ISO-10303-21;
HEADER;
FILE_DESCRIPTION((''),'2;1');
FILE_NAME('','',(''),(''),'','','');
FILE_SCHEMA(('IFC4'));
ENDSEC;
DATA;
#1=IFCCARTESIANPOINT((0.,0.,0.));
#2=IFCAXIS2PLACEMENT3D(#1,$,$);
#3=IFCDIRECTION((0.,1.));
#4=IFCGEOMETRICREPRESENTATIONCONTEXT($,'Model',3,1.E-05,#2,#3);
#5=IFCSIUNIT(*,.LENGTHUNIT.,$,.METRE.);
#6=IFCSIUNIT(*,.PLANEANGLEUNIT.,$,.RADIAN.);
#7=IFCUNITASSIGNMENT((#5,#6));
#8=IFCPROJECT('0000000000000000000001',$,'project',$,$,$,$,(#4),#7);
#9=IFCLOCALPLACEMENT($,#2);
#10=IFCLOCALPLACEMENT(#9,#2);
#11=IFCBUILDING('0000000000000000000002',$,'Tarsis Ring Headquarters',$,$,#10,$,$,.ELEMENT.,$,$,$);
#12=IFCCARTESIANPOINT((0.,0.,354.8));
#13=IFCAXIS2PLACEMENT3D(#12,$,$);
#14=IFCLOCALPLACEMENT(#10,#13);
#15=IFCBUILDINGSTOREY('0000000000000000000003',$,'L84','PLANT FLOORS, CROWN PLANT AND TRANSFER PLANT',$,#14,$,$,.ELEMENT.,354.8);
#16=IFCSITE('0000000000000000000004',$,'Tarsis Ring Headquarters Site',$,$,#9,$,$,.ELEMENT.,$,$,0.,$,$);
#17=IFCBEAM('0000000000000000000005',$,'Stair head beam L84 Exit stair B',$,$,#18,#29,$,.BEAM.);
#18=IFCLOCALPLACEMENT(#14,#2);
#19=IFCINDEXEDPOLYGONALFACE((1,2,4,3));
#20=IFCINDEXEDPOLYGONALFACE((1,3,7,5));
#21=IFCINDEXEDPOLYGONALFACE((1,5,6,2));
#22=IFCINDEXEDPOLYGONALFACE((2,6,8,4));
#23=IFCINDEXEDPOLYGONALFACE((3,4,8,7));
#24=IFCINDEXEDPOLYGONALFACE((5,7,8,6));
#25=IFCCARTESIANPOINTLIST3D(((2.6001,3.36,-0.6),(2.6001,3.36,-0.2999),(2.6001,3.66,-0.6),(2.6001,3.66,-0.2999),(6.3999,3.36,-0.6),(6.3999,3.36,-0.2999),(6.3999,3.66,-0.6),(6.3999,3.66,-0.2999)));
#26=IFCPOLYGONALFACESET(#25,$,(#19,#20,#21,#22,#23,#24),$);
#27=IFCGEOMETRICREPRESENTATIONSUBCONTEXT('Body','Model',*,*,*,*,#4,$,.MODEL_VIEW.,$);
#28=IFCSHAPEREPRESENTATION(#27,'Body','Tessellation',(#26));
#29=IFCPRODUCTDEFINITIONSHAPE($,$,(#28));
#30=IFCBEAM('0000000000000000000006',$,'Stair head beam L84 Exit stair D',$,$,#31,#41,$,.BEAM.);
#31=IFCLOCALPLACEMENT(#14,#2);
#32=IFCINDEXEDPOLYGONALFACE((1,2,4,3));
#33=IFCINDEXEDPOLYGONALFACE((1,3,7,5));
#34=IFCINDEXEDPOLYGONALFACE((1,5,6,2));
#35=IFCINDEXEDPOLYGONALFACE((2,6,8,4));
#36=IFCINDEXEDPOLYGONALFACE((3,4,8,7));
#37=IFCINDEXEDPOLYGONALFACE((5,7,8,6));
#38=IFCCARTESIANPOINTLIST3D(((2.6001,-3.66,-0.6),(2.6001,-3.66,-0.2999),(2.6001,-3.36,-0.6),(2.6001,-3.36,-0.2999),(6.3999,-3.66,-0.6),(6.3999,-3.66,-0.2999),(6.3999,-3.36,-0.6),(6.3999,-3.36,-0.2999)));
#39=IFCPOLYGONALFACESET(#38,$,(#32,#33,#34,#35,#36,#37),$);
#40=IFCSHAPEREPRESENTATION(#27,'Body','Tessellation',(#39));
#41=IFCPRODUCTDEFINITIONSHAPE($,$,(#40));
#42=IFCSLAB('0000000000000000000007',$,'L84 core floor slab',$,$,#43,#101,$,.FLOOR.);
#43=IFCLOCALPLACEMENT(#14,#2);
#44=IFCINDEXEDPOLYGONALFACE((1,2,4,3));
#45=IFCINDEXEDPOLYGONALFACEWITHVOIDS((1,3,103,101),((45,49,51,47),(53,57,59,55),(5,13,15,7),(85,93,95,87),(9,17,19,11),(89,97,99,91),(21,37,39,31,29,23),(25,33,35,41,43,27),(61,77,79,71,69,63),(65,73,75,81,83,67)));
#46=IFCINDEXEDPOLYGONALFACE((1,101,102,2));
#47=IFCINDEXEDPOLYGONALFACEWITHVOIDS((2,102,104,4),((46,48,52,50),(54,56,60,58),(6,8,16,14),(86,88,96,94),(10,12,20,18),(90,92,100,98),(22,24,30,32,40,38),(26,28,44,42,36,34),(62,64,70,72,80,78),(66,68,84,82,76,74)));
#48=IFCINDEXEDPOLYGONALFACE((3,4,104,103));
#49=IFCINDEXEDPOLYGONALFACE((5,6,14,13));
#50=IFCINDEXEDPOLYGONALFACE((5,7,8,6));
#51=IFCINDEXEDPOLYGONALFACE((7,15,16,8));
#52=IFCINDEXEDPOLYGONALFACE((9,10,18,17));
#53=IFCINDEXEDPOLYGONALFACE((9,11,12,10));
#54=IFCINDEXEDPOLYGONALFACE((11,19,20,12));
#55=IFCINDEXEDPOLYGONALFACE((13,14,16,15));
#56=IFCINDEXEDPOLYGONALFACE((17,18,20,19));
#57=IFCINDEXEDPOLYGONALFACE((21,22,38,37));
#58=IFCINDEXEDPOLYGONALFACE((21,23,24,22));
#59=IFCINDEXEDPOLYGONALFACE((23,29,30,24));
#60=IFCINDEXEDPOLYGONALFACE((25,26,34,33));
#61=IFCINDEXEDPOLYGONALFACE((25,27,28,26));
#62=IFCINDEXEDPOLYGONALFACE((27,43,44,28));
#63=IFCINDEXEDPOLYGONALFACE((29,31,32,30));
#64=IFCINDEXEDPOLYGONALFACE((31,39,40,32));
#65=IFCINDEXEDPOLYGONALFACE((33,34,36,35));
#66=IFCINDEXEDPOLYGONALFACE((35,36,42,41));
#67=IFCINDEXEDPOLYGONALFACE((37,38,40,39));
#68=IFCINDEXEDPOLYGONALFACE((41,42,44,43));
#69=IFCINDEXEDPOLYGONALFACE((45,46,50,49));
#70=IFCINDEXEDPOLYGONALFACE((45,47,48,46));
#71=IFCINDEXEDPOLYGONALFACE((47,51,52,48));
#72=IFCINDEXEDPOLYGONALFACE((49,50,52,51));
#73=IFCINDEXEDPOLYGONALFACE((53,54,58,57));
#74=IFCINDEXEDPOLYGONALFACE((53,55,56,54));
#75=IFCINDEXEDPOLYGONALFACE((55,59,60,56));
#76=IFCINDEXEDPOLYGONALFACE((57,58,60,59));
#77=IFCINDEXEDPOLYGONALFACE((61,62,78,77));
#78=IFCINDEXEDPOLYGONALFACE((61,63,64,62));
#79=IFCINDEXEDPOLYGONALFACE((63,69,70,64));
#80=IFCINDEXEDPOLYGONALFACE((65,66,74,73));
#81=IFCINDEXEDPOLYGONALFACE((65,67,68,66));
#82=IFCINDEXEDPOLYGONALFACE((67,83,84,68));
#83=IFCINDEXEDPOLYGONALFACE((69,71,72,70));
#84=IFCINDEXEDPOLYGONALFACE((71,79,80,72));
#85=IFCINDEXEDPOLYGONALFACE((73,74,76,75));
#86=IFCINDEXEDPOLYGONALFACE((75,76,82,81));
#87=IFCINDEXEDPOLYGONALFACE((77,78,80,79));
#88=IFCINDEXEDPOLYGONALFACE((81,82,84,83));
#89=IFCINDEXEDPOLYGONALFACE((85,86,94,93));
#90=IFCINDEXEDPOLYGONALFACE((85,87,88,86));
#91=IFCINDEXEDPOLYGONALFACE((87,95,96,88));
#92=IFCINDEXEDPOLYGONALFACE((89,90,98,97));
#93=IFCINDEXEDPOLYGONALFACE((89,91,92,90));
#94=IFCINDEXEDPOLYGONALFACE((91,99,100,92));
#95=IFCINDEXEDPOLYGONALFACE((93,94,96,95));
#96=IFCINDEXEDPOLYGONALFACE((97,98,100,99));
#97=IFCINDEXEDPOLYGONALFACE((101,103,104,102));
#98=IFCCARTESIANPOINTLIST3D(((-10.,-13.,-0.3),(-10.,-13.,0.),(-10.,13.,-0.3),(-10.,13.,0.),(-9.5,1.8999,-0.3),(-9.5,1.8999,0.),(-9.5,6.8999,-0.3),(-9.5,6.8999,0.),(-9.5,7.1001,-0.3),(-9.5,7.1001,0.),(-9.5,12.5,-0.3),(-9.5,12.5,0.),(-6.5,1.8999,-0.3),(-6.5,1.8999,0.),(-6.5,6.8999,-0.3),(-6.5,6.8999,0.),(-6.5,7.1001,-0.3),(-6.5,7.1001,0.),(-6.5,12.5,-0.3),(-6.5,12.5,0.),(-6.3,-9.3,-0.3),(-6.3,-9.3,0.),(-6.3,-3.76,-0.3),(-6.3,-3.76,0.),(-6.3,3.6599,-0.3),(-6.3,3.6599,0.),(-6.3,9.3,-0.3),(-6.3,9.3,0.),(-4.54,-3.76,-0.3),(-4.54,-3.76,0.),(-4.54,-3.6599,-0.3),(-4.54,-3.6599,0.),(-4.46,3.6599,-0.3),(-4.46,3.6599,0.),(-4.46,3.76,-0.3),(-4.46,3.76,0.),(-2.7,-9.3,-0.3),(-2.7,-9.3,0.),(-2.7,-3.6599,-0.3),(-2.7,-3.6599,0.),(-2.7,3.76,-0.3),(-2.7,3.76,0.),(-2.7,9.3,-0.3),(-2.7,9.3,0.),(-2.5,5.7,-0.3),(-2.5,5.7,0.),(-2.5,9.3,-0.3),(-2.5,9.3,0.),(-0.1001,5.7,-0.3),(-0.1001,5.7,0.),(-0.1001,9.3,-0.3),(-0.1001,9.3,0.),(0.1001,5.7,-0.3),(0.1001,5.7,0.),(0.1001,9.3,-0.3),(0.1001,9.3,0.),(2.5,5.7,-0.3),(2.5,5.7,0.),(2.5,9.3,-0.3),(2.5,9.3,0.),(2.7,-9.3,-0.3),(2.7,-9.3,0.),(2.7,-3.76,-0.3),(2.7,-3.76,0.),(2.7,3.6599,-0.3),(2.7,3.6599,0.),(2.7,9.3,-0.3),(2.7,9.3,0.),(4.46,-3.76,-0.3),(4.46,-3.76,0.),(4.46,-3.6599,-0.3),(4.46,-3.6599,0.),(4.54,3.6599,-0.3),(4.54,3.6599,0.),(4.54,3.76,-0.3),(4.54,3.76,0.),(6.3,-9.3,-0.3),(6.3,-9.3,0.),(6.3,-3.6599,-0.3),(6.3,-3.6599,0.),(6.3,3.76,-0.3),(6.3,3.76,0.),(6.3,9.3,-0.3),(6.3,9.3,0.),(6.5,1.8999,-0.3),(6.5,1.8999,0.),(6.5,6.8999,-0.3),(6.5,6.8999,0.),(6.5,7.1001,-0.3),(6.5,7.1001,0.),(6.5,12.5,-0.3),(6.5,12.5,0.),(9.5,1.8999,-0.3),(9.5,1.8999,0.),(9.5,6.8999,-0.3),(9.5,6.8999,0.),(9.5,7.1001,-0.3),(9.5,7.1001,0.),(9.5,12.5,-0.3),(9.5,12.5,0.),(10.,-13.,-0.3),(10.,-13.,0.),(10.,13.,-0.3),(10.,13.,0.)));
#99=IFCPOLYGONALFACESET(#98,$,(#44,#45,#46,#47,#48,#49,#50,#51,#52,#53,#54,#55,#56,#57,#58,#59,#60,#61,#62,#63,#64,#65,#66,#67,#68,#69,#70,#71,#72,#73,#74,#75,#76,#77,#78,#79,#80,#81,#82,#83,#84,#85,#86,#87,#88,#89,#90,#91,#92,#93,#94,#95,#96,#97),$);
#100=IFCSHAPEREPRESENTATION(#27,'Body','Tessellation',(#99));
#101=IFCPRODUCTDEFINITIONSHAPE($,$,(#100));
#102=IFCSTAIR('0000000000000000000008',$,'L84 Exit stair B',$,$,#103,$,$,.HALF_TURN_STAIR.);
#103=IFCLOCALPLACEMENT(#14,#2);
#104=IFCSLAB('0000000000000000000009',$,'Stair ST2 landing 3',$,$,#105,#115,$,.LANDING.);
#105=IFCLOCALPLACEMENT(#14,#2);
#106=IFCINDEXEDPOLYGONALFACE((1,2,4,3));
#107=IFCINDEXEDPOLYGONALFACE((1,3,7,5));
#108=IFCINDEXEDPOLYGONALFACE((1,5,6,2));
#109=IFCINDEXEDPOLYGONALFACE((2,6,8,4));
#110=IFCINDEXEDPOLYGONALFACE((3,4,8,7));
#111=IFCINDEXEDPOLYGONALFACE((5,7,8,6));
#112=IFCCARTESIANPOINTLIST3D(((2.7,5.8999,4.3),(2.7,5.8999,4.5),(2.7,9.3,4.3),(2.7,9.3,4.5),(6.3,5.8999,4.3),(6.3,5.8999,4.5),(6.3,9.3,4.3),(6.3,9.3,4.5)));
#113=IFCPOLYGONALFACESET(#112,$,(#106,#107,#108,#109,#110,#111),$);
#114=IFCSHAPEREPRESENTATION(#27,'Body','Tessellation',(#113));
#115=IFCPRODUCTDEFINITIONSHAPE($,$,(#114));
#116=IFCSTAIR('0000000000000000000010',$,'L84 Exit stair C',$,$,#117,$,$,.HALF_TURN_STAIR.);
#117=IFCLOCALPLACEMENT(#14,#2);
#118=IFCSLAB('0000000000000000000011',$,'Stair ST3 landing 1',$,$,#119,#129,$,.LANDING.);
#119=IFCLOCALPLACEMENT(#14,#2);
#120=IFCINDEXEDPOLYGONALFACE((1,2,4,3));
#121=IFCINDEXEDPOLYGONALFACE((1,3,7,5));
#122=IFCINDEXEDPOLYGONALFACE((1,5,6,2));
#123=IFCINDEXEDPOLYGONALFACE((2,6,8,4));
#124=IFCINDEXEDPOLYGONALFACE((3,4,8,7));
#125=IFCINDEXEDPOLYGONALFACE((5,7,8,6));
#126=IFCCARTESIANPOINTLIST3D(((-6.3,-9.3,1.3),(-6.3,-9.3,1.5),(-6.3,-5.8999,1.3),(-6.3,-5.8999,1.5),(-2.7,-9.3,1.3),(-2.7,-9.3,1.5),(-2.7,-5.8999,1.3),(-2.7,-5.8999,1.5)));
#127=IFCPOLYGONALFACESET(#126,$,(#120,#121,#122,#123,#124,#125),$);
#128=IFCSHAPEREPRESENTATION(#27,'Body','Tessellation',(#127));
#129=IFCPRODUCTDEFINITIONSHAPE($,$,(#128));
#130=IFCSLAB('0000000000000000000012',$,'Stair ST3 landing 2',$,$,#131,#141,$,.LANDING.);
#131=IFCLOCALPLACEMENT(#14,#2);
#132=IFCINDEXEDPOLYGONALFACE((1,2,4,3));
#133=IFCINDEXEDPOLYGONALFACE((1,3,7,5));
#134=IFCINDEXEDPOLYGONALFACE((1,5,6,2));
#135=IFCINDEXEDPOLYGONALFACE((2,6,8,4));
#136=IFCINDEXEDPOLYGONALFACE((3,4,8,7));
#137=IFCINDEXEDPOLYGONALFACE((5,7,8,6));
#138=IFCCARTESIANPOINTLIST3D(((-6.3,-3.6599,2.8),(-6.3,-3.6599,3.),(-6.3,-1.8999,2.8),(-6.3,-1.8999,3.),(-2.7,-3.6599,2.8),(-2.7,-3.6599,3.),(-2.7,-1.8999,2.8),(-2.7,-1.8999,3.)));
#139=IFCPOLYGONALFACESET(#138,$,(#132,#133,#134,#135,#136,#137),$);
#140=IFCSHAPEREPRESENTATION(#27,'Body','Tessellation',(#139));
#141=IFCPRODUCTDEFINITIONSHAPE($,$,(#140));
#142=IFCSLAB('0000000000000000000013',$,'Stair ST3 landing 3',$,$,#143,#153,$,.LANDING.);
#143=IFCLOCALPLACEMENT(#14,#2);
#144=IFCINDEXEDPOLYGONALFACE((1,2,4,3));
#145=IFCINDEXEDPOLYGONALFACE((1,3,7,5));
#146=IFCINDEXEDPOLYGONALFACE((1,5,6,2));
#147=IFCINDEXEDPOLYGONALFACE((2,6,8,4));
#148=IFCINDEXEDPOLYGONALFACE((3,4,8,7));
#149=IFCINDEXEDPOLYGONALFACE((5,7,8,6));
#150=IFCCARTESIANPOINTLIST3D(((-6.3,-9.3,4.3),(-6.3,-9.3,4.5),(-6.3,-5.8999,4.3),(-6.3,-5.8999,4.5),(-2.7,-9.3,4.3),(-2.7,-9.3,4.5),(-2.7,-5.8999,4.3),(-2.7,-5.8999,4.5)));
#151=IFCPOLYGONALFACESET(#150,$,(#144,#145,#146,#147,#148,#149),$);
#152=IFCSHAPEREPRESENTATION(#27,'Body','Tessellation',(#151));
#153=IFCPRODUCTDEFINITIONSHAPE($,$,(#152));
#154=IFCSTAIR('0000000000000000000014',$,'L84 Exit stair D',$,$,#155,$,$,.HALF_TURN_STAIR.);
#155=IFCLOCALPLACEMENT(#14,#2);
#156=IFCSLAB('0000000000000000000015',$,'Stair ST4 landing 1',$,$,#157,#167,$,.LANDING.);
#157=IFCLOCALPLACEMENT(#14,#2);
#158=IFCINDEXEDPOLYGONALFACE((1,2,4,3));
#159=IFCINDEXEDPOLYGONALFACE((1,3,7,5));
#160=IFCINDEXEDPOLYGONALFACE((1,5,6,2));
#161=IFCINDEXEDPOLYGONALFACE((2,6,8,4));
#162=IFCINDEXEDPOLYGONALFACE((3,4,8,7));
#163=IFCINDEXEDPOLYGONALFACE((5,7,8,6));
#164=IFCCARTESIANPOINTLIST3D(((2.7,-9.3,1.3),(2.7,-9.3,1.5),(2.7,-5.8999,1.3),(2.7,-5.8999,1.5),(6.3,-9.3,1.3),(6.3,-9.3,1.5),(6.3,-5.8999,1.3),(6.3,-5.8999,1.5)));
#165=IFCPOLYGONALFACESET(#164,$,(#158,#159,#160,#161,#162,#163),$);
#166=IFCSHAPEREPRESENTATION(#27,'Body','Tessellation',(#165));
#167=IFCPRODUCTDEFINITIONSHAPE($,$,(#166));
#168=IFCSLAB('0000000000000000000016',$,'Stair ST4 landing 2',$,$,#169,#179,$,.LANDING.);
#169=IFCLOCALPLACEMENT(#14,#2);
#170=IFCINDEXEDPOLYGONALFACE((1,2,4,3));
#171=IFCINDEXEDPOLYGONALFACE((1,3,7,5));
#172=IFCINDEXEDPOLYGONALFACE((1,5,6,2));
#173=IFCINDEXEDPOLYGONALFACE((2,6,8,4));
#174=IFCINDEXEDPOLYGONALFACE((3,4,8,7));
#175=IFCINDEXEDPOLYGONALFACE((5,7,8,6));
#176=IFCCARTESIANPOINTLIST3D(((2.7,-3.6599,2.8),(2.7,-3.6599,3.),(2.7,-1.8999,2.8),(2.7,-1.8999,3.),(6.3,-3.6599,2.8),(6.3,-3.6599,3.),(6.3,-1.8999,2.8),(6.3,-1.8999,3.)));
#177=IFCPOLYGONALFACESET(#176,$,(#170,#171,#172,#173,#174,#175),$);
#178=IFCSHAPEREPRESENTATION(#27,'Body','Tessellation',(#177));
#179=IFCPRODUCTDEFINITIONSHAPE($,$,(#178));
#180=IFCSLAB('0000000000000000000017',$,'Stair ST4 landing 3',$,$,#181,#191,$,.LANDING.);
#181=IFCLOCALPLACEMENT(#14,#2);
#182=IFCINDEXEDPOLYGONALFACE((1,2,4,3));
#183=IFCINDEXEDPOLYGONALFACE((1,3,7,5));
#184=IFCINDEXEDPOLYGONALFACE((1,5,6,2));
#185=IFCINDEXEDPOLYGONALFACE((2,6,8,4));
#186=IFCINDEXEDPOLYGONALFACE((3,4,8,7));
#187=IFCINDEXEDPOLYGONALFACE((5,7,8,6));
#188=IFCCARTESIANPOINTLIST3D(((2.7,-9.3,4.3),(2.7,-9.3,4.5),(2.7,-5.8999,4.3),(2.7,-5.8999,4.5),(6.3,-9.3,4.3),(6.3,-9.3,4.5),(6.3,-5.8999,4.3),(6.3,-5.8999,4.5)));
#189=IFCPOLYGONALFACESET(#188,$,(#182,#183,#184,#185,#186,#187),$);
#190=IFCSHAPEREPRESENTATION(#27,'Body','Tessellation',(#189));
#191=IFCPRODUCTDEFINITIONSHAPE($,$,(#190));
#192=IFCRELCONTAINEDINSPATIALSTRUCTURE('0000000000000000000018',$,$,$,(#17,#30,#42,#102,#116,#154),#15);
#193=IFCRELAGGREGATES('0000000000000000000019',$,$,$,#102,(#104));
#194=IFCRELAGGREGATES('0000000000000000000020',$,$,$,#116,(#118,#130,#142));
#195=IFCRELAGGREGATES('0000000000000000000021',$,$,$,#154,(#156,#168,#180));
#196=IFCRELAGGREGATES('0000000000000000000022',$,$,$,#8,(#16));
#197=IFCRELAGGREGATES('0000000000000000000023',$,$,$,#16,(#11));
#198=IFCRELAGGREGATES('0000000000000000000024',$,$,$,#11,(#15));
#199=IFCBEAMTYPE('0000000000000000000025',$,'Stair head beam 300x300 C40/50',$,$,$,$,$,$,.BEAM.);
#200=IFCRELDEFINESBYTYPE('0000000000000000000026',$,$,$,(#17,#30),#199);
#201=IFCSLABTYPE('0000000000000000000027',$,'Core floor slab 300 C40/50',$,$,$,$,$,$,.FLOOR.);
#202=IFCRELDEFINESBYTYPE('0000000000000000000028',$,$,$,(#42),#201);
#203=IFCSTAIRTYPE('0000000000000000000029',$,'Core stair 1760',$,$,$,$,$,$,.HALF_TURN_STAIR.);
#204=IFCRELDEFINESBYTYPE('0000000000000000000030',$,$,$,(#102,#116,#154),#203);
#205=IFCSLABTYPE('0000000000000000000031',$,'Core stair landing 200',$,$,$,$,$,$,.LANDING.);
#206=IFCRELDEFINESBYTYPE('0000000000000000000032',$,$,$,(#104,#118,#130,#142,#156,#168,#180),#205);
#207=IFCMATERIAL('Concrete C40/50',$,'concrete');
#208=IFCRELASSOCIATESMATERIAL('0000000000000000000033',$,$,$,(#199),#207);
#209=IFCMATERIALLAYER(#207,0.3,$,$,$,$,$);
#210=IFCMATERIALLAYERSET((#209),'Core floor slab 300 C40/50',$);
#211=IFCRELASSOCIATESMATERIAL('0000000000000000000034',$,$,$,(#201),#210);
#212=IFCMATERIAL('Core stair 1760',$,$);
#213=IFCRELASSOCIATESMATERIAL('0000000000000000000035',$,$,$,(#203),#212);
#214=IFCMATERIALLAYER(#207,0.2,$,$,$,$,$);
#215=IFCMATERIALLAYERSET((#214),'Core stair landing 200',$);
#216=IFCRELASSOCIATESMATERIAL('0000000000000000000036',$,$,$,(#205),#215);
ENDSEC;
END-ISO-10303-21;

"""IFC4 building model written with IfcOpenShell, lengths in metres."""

from ifc_helpers import new_model, si_unit, direction, frame, origin, origin_2d, place, context, subcontext, project, spatial, polyline, rectangle, outline, extrude, material, layer, layer_set, material_profile, profile_set, type_object, element, aggregate, save


model = new_model("IFC4")

# Units and contexts
model_context = context("Model", 3, precision=1e-05, world=origin(), true_north=direction((0.0, 1.0)))
body_context = subcontext(model_context, "Body", "Model", "MODEL_VIEW")
ifc_project = project(units=[si_unit("LENGTHUNIT", "METRE"), si_unit("PLANEANGLEUNIT", "RADIAN")], contexts=[model_context])

# Site, building, storey
site_placement = place(None, origin())
site = spatial("IfcSite", under=ifc_project, at=site_placement, Name="Tarsis Ring Headquarters Site", CompositionType="ELEMENT", RefElevation=0.0)
building_placement = place(site_placement, origin())
building = spatial("IfcBuilding", under=site, at=building_placement, Name="Tarsis Ring Headquarters", CompositionType="ELEMENT")
storey_placement = place(building_placement, frame((0.0, 0.0, 354.8)))
storey = spatial("IfcBuildingStorey", under=building, at=storey_placement, Name="L84", Description="PLANT FLOORS, CROWN PLANT AND TRANSFER PLANT", CompositionType="ELEMENT", Elevation=354.8)

# Beams
ifc_material_1 = material(Name="Concrete C40/50", Category="concrete")
ifc_material_profile = material_profile(ifc_material_1, rectangle(XDim=0.3, YDim=0.3, at=origin_2d()), Name="Stair head beam 300x300 C40/50")
ifc_profile_set = profile_set([ifc_material_profile], Name="Concrete C40/50")
beam_type = type_object("IfcBeamType", Name="Stair head beam 300x300 C40/50", PredefinedType="BEAM", material=ifc_profile_set)
for number, where, z_axis, x_axis, name in (
    (1, (2.6001, 3.51, -0.45), (1.0, 0.0, 0.0), (0.0, 1.0, 0.0), "Stair head beam L84 Exit stair B"),
    (2, (2.6001, -3.51, -0.45), (1.0, 0.0, 0.0), (0.0, 1.0, 0.0), "Stair head beam L84 Exit stair D"),
):
    element("IfcBeam", number, at=place(storey_placement, frame(where, z_axis=z_axis, x_axis=x_axis)), inside=storey, type_object=beam_type, Name=name, PredefinedType="BEAM", context=body_context, shape_type="SweptSolid", body=[
        extrude(rectangle(XDim=0.3, YDim=0.3, at=origin_2d()), origin(), (0.0, 0.0, 1.0), 3.7998),
    ])

# Slab
ifc_layer_1 = layer(ifc_material_1, 0.3)
ifc_layer_set_1 = layer_set([ifc_layer_1], Name="Core floor slab 300 C40/50")
slab_type_1 = type_object("IfcSlabType", Name="Core floor slab 300 C40/50", PredefinedType="FLOOR", material=ifc_layer_set_1)
slab_1_placement = place(storey_placement, frame((0.0, 0.0, -0.3)))
element("IfcSlab", 3, at=slab_1_placement, inside=storey, type_object=slab_type_1, Name="L84 core floor slab", PredefinedType="FLOOR", context=body_context, shape_type="SweptSolid", body=[
    extrude(outline(polyline([(-10.0, -13.0), (10.0, -13.0), (10.0, 13.0), (-10.0, 13.0), (-10.0, -13.0)]), holes=[polyline([(-2.5, 5.7), (-0.1001, 5.7), (-0.1001, 9.3), (-2.5, 9.3), (-2.5, 5.7)]), polyline([(0.1001, 5.7), (2.5, 5.7), (2.5, 9.3), (0.1001, 9.3), (0.1001, 5.7)]), polyline([(-9.5, 1.8999), (-6.5, 1.8999), (-6.5, 6.8999), (-9.5, 6.8999), (-9.5, 1.8999)]), polyline([(-9.5, 7.1001), (-6.5, 7.1001), (-6.5, 12.5), (-9.5, 12.5), (-9.5, 7.1001)]), polyline([(6.5, 1.8999), (9.5, 1.8999), (9.5, 6.8999), (6.5, 6.8999), (6.5, 1.8999)]), polyline([(6.5, 7.1001), (9.5, 7.1001), (9.5, 12.5), (6.5, 12.5), (6.5, 7.1001)]), polyline([(-2.7, 3.76), (-2.7, 9.3), (-6.3, 9.3), (-6.3, 3.6599), (-4.46, 3.6599), (-4.46, 3.76), (-2.7, 3.76)]), polyline([(6.3, 3.76), (6.3, 9.3), (2.7, 9.3), (2.7, 3.6599), (4.54, 3.6599), (4.54, 3.76), (6.3, 3.76)]), polyline([(-6.3, -3.76), (-6.3, -9.3), (-2.7, -9.3), (-2.7, -3.6599), (-4.54, -3.6599), (-4.54, -3.76), (-6.3, -3.76)]), polyline([(2.7, -3.76), (2.7, -9.3), (6.3, -9.3), (6.3, -3.6599), (4.46, -3.6599), (4.46, -3.76), (2.7, -3.76)])]), origin(), (0.0, 0.0, 1.0), 0.3),
])

# Stair, slab
ifc_material_2 = material(Name="Core stair 1760")
stair_type = type_object("IfcStairType", Name="Core stair 1760", PredefinedType="HALF_TURN_STAIR", material=ifc_material_2)
stair_1_placement = place(storey_placement, origin())
stair_1 = element("IfcStair", 4, at=stair_1_placement, inside=storey, type_object=stair_type, Name="L84 Exit stair B", PredefinedType="HALF_TURN_STAIR")
ifc_layer_2 = layer(ifc_material_1, 0.2)
ifc_layer_set_2 = layer_set([ifc_layer_2], Name="Core stair landing 200")
slab_type_2 = type_object("IfcSlabType", Name="Core stair landing 200", PredefinedType="LANDING", material=ifc_layer_set_2)
slab_2_placement = place(storey_placement, frame((0.0, 0.0, 4.3)))
slab_2 = element("IfcSlab", 5, at=slab_2_placement, type_object=slab_type_2, Name="Stair ST2 landing 3", PredefinedType="LANDING", context=body_context, shape_type="SweptSolid", body=[
    extrude(outline(polyline([(6.3, 5.8999), (6.3, 9.3), (2.7, 9.3), (2.7, 5.8999), (6.3, 5.8999)])), origin(), (0.0, 0.0, 1.0), 0.2),
])
aggregate(stair_1, [slab_2])

# Stairs, slabs
stair_2_placement = place(storey_placement, origin())
stair_2 = element("IfcStair", 6, at=stair_2_placement, inside=storey, type_object=stair_type, Name="L84 Exit stair C", PredefinedType="HALF_TURN_STAIR")
slab_3_placement = place(storey_placement, frame((0.0, 0.0, 1.3)))
slab_3 = element("IfcSlab", 7, at=slab_3_placement, type_object=slab_type_2, Name="Stair ST3 landing 1", PredefinedType="LANDING", context=body_context, shape_type="SweptSolid", body=[
    extrude(outline(polyline([(-6.3, -5.8999), (-6.3, -9.3), (-2.7, -9.3), (-2.7, -5.8999), (-6.3, -5.8999)])), origin(), (0.0, 0.0, 1.0), 0.2),
])
slab_4_placement = place(storey_placement, frame((0.0, 0.0, 2.8)))
slab_4 = element("IfcSlab", 8, at=slab_4_placement, type_object=slab_type_2, Name="Stair ST3 landing 2", PredefinedType="LANDING", context=body_context, shape_type="SweptSolid", body=[
    extrude(outline(polyline([(-6.3, -1.8999), (-6.3, -3.6599), (-2.7, -3.6599), (-2.7, -1.8999), (-6.3, -1.8999)])), origin(), (0.0, 0.0, 1.0), 0.2),
])
slab_5_placement = place(storey_placement, frame((0.0, 0.0, 4.3)))
slab_5 = element("IfcSlab", 9, at=slab_5_placement, type_object=slab_type_2, Name="Stair ST3 landing 3", PredefinedType="LANDING", context=body_context, shape_type="SweptSolid", body=[
    extrude(outline(polyline([(-6.3, -5.8999), (-6.3, -9.3), (-2.7, -9.3), (-2.7, -5.8999), (-6.3, -5.8999)])), origin(), (0.0, 0.0, 1.0), 0.2),
])
aggregate(stair_2, [slab_3, slab_4, slab_5])
stair_3_placement = place(storey_placement, origin())
stair_3 = element("IfcStair", 10, at=stair_3_placement, inside=storey, type_object=stair_type, Name="L84 Exit stair D", PredefinedType="HALF_TURN_STAIR")
slab_6_placement = place(storey_placement, frame((0.0, 0.0, 1.3)))
slab_6 = element("IfcSlab", 11, at=slab_6_placement, type_object=slab_type_2, Name="Stair ST4 landing 1", PredefinedType="LANDING", context=body_context, shape_type="SweptSolid", body=[
    extrude(outline(polyline([(2.7, -5.8999), (2.7, -9.3), (6.3, -9.3), (6.3, -5.8999), (2.7, -5.8999)])), origin(), (0.0, 0.0, 1.0), 0.2),
])
slab_7_placement = place(storey_placement, frame((0.0, 0.0, 2.8)))
slab_7 = element("IfcSlab", 12, at=slab_7_placement, type_object=slab_type_2, Name="Stair ST4 landing 2", PredefinedType="LANDING", context=body_context, shape_type="SweptSolid", body=[
    extrude(outline(polyline([(2.7, -1.8999), (2.7, -3.6599), (6.3, -3.6599), (6.3, -1.8999), (2.7, -1.8999)])), origin(), (0.0, 0.0, 1.0), 0.2),
])
slab_8_placement = place(storey_placement, frame((0.0, 0.0, 4.3)))
slab_8 = element("IfcSlab", 13, at=slab_8_placement, type_object=slab_type_2, Name="Stair ST4 landing 3", PredefinedType="LANDING", context=body_context, shape_type="SweptSolid", body=[
    extrude(outline(polyline([(2.7, -5.8999), (2.7, -9.3), (6.3, -9.3), (6.3, -5.8999), (2.7, -5.8999)])), origin(), (0.0, 0.0, 1.0), 0.2),
])
aggregate(stair_3, [slab_6, slab_7, slab_8])

save(model, "model.ifc")
